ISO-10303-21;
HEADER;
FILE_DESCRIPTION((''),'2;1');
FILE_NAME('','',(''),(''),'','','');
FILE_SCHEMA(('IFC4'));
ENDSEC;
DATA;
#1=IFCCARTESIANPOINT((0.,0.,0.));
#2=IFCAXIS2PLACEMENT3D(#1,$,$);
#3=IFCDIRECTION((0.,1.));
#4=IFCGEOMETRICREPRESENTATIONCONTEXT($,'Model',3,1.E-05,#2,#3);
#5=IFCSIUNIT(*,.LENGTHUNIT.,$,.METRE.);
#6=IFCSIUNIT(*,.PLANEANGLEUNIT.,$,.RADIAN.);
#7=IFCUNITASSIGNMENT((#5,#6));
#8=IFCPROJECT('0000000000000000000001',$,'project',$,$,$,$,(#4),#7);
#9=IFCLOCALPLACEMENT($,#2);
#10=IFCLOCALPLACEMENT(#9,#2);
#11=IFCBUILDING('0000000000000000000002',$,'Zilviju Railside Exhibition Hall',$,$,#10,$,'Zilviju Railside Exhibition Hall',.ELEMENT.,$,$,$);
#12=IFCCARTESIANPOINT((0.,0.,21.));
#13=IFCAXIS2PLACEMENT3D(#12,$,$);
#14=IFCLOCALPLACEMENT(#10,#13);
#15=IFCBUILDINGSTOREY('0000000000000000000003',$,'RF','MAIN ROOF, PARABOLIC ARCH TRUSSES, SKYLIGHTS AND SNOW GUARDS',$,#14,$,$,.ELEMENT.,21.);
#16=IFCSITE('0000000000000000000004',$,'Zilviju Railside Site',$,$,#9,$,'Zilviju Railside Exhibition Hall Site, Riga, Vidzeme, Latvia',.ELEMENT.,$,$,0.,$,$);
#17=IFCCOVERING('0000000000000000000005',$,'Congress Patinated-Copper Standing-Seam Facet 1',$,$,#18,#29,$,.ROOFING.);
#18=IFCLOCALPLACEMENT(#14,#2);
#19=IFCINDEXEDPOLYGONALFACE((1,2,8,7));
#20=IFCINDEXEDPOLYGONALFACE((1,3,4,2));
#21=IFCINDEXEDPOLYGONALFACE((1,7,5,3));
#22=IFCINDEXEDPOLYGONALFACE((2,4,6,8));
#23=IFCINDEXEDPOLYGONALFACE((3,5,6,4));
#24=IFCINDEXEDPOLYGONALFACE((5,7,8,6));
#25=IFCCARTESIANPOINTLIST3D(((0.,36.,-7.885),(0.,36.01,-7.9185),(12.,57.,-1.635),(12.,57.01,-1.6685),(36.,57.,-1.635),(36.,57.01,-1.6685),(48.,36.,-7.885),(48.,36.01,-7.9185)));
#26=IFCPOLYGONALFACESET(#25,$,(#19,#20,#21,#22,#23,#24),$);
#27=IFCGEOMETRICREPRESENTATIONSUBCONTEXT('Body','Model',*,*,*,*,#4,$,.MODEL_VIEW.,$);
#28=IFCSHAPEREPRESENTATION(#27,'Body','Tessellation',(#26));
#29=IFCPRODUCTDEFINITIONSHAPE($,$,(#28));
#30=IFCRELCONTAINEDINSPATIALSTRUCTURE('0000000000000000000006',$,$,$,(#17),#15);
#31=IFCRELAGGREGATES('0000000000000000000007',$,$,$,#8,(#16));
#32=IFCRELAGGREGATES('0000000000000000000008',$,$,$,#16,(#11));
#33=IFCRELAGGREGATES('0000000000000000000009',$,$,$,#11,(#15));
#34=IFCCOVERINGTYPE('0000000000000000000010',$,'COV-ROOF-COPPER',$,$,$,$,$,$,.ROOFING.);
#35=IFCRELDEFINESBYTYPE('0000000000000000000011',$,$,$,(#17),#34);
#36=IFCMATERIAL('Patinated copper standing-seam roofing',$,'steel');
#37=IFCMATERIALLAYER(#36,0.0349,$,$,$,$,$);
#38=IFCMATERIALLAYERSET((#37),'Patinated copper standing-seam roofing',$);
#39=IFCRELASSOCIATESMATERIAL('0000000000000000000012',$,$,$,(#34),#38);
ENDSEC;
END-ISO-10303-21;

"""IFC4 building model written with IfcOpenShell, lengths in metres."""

from ifc_helpers import new_model, si_unit, direction, frame, origin, place, context, subcontext, project, spatial, polyline, outline, extrude, material, layer, layer_set, type_object, element, save


model = new_model("IFC4")

# Units and contexts
model_context = context("Model", 3, precision=1e-05, world=origin(), true_north=direction((0.0, 1.0)))
body_context = subcontext(model_context, "Body", "Model", "MODEL_VIEW")
ifc_project = project(units=[si_unit("LENGTHUNIT", "METRE"), si_unit("PLANEANGLEUNIT", "RADIAN")], contexts=[model_context])

# Site, building, storey
site_placement = place(None, origin())
site = spatial("IfcSite", under=ifc_project, at=site_placement, Name="Zilviju Railside Site", LongName="Zilviju Railside Exhibition Hall Site, Riga, Vidzeme, Latvia", CompositionType="ELEMENT", RefElevation=0.0)
building_placement = place(site_placement, origin())
building = spatial("IfcBuilding", under=site, at=building_placement, Name="Zilviju Railside Exhibition Hall", LongName="Zilviju Railside Exhibition Hall", CompositionType="ELEMENT")
storey_placement = place(building_placement, frame((0.0, 0.0, 21.0)))
storey = spatial("IfcBuildingStorey", under=building, at=storey_placement, Name="RF", Description="MAIN ROOF, PARABOLIC ARCH TRUSSES, SKYLIGHTS AND SNOW GUARDS", CompositionType="ELEMENT", Elevation=21.0)

# Covering
ifc_material_1 = material(Name="Patinated copper standing-seam roofing", Category="steel")
ifc_layer_1 = layer(ifc_material_1, 0.0349)
ifc_layer_set_1 = layer_set([ifc_layer_1], Name="Patinated copper standing-seam roofing")
covering_type = type_object("IfcCoveringType", Name="COV-ROOF-COPPER", PredefinedType="ROOFING", material=ifc_layer_set_1)
covering_placement = place(storey_placement, frame((0.0, 36.0, -7.885), z_axis=(0.0, -0.285254, 0.958452), x_axis=(1.0, 0.0, 0.0)))
element("IfcCovering", 1, at=covering_placement, inside=storey, type_object=covering_type, Name="Congress Patinated-Copper Standing-Seam Facet 1", PredefinedType="ROOFING", context=body_context, shape_type="SweptSolid", body=[
    extrude(outline(polyline([(0.0, 0.0), (48.0, 0.0), (36.0, 21.9103), (12.0, 21.9103), (0.0, 0.0)])), origin(), (0.0, 0.0, -1.0), 0.0349),
])

save(model, "model.ifc")
